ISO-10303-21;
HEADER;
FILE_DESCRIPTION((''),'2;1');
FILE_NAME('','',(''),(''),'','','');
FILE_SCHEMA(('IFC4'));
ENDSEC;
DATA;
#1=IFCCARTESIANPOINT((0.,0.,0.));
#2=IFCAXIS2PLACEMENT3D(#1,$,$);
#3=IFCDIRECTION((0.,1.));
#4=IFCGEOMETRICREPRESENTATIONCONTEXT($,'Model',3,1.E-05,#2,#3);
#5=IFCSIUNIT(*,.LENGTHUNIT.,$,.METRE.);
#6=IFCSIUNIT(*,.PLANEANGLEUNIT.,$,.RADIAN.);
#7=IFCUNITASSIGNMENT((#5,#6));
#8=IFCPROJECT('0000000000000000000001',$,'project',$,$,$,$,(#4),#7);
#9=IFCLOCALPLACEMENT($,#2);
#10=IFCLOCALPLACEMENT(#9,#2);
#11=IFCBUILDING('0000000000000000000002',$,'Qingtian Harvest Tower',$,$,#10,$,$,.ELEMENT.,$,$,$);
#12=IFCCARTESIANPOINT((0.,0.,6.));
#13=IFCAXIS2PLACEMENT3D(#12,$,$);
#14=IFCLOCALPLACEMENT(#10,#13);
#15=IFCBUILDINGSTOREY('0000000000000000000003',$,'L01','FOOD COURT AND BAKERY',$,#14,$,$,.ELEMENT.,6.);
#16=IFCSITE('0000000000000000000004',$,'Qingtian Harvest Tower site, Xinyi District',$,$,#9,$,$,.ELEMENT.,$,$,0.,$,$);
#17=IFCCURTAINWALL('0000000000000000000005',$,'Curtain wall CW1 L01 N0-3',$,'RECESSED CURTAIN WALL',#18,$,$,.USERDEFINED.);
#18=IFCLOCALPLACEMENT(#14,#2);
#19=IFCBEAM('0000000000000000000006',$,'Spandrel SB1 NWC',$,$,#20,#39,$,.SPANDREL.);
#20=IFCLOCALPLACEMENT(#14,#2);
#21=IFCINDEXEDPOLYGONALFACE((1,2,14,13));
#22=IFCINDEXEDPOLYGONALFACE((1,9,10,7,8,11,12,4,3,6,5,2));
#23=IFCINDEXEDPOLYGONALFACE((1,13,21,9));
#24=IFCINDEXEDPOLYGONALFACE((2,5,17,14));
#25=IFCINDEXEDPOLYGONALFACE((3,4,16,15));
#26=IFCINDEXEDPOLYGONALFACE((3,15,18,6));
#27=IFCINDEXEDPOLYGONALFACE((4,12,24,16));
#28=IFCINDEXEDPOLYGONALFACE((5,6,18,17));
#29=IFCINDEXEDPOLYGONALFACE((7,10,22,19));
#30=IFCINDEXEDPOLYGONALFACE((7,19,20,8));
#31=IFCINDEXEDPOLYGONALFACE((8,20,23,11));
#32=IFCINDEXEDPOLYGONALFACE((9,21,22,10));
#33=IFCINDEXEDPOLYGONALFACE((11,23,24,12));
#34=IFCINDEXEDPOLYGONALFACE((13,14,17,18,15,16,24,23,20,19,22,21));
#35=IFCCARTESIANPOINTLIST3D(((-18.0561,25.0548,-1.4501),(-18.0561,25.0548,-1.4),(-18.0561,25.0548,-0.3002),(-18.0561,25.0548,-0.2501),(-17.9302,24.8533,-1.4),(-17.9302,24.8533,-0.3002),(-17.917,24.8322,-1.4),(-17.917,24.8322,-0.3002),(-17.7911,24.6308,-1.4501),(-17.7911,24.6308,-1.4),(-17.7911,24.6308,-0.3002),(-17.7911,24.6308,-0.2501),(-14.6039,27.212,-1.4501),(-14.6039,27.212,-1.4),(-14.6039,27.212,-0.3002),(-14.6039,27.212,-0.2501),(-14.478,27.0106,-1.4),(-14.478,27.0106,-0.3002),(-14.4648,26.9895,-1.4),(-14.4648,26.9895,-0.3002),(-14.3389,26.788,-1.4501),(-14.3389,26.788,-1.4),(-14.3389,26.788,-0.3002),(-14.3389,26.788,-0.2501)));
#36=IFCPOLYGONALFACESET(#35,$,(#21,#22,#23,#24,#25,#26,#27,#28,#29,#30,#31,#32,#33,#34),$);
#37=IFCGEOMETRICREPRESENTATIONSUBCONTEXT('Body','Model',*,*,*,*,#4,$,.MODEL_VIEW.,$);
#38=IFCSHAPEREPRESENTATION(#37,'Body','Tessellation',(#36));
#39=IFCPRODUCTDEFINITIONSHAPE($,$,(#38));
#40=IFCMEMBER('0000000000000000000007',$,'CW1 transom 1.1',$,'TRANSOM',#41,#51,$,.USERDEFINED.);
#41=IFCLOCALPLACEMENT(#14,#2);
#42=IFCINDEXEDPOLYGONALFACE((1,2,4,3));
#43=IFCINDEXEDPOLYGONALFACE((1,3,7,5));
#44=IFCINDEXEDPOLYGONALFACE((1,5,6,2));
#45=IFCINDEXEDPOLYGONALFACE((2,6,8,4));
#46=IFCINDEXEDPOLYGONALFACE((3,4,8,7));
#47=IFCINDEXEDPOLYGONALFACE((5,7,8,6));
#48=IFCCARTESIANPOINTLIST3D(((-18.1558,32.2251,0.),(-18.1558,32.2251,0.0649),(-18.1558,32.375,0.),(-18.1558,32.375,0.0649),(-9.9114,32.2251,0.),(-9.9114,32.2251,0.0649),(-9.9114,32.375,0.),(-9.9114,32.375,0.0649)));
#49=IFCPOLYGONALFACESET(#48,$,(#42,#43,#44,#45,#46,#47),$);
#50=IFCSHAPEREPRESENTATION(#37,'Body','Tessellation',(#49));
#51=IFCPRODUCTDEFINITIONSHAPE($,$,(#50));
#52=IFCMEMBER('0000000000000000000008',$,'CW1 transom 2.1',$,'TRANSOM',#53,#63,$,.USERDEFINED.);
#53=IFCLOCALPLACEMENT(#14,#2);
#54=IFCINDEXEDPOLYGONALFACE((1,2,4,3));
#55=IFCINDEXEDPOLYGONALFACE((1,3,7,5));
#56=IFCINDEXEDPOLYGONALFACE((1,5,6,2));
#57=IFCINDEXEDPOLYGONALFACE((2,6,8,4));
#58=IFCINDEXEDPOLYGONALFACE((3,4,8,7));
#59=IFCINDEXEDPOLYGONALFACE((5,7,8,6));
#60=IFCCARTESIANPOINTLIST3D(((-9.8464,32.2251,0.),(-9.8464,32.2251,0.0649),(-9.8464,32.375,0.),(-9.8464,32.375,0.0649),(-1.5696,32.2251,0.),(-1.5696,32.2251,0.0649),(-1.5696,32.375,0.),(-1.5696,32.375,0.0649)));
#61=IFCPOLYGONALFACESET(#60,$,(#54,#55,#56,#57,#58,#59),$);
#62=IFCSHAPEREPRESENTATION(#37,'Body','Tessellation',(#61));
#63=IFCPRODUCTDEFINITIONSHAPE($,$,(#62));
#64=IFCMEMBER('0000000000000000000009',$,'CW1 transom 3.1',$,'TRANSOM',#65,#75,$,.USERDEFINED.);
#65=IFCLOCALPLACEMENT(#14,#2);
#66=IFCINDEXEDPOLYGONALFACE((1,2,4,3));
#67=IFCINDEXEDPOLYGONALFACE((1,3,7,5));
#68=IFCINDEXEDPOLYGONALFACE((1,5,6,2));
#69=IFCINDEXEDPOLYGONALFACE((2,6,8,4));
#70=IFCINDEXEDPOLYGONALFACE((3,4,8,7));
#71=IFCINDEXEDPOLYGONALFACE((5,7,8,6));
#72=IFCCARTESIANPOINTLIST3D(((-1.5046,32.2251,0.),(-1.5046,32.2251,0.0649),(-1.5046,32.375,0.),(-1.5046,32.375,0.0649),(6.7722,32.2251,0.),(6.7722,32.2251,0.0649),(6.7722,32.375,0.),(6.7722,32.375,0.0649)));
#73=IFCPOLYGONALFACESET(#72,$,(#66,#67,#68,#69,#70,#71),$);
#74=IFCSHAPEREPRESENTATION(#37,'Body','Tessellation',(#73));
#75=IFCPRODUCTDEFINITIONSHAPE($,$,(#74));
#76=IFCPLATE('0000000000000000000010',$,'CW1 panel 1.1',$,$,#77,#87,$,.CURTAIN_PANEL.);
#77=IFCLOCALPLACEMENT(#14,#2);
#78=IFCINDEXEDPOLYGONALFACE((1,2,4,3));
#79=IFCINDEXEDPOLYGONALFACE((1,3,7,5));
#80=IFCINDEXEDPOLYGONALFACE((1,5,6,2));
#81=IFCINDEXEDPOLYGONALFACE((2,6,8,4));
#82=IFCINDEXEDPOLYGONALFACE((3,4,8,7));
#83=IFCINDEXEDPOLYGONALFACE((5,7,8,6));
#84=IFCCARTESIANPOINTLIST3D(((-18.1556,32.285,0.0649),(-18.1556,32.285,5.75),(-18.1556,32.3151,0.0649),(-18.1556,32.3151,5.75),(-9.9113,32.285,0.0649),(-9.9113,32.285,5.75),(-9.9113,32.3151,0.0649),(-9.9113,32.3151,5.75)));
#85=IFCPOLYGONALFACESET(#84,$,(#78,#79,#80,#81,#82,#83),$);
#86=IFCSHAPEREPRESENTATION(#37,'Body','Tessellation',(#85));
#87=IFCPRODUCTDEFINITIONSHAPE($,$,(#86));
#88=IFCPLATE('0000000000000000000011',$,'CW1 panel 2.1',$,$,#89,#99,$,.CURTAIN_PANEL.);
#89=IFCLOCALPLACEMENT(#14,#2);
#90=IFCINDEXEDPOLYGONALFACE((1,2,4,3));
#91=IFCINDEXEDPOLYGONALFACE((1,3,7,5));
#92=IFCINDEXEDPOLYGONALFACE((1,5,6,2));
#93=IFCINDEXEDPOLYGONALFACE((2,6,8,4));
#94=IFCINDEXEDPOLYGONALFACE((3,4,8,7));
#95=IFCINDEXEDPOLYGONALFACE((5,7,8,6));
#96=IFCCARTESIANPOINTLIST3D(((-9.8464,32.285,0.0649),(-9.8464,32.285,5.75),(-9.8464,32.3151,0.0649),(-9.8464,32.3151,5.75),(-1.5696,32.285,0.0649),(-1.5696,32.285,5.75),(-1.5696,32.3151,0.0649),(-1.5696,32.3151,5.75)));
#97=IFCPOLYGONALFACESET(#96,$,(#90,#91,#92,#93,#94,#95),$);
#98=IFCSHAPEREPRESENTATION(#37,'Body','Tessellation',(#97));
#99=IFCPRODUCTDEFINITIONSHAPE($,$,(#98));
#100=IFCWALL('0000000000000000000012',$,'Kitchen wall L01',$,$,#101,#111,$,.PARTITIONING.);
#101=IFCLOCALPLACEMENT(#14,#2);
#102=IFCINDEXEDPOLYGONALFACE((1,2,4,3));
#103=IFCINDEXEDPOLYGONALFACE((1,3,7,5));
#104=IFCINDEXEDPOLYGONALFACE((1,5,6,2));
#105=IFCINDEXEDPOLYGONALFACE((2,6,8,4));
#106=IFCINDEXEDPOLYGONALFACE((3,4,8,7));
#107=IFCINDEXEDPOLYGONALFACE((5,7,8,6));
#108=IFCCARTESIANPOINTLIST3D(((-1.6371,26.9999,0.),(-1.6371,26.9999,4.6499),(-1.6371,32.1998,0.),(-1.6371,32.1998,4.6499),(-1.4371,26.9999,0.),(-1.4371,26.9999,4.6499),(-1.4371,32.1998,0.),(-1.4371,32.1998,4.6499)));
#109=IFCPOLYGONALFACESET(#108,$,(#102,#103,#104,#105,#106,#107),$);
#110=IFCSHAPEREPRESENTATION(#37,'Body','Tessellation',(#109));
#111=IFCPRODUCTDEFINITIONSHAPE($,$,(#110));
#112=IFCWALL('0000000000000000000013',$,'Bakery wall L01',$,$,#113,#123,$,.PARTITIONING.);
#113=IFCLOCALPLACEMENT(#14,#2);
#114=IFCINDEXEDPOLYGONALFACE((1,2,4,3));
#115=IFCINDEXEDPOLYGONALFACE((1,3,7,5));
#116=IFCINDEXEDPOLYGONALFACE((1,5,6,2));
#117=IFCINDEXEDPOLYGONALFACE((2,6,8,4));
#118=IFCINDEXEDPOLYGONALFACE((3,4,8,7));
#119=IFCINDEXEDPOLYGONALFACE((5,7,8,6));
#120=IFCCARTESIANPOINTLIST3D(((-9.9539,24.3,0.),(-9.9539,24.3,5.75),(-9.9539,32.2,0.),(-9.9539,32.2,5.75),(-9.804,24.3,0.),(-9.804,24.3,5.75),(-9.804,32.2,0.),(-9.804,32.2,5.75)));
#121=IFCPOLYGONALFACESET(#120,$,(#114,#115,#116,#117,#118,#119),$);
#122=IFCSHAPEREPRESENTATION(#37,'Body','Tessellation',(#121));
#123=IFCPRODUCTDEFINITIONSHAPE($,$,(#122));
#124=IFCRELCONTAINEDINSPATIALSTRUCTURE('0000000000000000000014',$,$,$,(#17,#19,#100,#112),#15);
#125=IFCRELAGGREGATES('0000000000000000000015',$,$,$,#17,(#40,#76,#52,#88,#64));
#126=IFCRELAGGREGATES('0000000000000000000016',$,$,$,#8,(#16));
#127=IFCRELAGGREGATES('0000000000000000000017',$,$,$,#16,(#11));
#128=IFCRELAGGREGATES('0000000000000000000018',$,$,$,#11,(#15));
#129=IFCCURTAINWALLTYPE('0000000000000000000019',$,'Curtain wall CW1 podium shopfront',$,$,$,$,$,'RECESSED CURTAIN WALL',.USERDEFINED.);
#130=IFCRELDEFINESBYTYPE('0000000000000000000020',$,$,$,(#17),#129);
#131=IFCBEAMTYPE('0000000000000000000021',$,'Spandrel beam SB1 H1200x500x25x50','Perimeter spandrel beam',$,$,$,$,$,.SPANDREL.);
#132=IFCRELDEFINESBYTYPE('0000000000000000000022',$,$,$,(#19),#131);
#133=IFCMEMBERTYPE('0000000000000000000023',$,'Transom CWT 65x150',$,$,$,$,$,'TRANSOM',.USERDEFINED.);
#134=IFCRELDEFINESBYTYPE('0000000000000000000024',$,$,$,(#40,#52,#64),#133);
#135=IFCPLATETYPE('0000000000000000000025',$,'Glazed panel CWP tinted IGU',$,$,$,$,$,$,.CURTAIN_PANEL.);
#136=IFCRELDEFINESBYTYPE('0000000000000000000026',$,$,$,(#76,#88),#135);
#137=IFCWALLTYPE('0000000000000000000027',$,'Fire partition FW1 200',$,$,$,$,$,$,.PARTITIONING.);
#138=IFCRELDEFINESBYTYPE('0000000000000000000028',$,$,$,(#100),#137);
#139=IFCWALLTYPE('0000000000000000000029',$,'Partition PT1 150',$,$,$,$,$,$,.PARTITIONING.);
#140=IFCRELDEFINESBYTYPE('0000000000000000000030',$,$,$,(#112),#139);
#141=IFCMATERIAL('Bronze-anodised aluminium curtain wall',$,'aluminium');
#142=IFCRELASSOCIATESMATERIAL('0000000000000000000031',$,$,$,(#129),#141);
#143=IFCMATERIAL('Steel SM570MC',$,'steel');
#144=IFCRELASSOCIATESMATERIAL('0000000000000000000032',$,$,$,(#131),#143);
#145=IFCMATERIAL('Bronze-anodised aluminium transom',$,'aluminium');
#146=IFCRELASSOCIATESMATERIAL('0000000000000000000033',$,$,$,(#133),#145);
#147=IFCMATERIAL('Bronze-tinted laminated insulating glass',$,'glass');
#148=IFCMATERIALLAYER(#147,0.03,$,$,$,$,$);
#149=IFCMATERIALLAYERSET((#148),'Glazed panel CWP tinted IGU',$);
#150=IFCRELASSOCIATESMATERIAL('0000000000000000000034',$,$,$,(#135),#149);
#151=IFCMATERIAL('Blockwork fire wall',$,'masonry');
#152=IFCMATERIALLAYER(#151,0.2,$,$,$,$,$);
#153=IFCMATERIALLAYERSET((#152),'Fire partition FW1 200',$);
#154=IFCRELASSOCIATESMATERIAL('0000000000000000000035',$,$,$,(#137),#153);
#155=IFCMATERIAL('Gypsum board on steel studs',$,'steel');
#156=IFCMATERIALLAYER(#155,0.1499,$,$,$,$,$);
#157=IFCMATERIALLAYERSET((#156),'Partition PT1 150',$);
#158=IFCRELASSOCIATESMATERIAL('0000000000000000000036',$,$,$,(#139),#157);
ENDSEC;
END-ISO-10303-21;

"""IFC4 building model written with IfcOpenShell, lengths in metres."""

from ifc_helpers import new_model, si_unit, direction, frame, frame_2d, origin, origin_2d, place, context, subcontext, project, spatial, rectangle, i_section, extrude, material, layer, layer_set, material_profile, profile_set, type_object, element, aggregate, save


model = new_model("IFC4")

# Units and contexts
model_context = context("Model", 3, precision=1e-05, world=origin(), true_north=direction((0.0, 1.0)))
body_context = subcontext(model_context, "Body", "Model", "MODEL_VIEW")
ifc_project = project(units=[si_unit("LENGTHUNIT", "METRE"), si_unit("PLANEANGLEUNIT", "RADIAN")], contexts=[model_context])

# Site, building, storey
site_placement = place(None, origin())
site = spatial("IfcSite", under=ifc_project, at=site_placement, Name="Qingtian Harvest Tower site, Xinyi District", CompositionType="ELEMENT", RefElevation=0.0)
building_placement = place(site_placement, origin())
building = spatial("IfcBuilding", under=site, at=building_placement, Name="Qingtian Harvest Tower", CompositionType="ELEMENT")
storey_placement = place(building_placement, frame((0.0, 0.0, 6.0)))
storey = spatial("IfcBuildingStorey", under=building, at=storey_placement, Name="L01", Description="FOOD COURT AND BAKERY", CompositionType="ELEMENT", Elevation=6.0)

# Curtain wall
ifc_material_1 = material(Name="Bronze-anodised aluminium curtain wall", Category="aluminium")
curtain_wall_type = type_object("IfcCurtainWallType", Name="Curtain wall CW1 podium shopfront", ElementType="RECESSED CURTAIN WALL", PredefinedType="USERDEFINED", material=ifc_material_1)
curtain_wall_placement = place(storey_placement, origin())
curtain_wall = element("IfcCurtainWall", 1, at=curtain_wall_placement, inside=storey, type_object=curtain_wall_type, Name="Curtain wall CW1 L01 N0-3", ObjectType="RECESSED CURTAIN WALL", PredefinedType="USERDEFINED")

# Beam
ifc_material_2 = material(Name="Steel SM570MC", Category="steel")
ifc_material_profile_1 = material_profile(ifc_material_2, i_section(OverallWidth=0.5, OverallDepth=1.2, WebThickness=0.0249, FlangeThickness=0.05, at=origin_2d()), Name="H1200x500x25x50")
ifc_profile_set_1 = profile_set([ifc_material_profile_1], Name="Steel SM570MC")
beam_type_1 = type_object("IfcBeamType", Name="Spandrel beam SB1 H1200x500x25x50", Description="Perimeter spandrel beam", PredefinedType="SPANDREL", material=ifc_profile_set_1)
beam_1_placement = place(storey_placement, frame((-17.9236, 24.8428, -0.8501), z_axis=(0.848039, 0.529934, 0.0), x_axis=(-0.529934, 0.848039, 0.0)))
element("IfcBeam", 2, at=beam_1_placement, inside=storey, type_object=beam_type_1, Name="Spandrel SB1 NWC", PredefinedType="SPANDREL", context=body_context, shape_type="SweptSolid", body=[
    extrude(i_section(OverallWidth=0.5, OverallDepth=1.2, WebThickness=0.0249, FlangeThickness=0.05, at=origin_2d()), origin(), (0.0, 0.0, 1.0), 4.0708),
])

# Members
ifc_material_3 = material(Name="Bronze-anodised aluminium transom", Category="aluminium")
ifc_material_profile_2 = material_profile(ifc_material_3, rectangle(XDim=0.1499, YDim=0.0649, at=origin_2d()), Name="AL 65x150")
ifc_profile_set_2 = profile_set([ifc_material_profile_2], Name="Bronze-anodised aluminium transom")
member_type_1 = type_object("IfcMemberType", Name="Transom CWT 65x150", ElementType="TRANSOM", PredefinedType="USERDEFINED", material=ifc_profile_set_2)
member_1_placement = place(storey_placement, frame((-18.1558, 32.3, 0.0325), z_axis=(1.0, 0.0, 0.0), x_axis=(0.0, 1.0, 0.0)))
member_1 = element("IfcMember", 3, at=member_1_placement, type_object=member_type_1, Name="CW1 transom 1.1", ObjectType="TRANSOM", PredefinedType="USERDEFINED", context=body_context, shape_type="SweptSolid", body=[
    extrude(rectangle(XDim=0.1499, YDim=0.0649, at=origin_2d()), origin(), (0.0, 0.0, 1.0), 8.2444),
])
member_2_placement = place(storey_placement, frame((-9.8464, 32.3, 0.0325), z_axis=(1.0, 0.0, 0.0), x_axis=(0.0, 1.0, 0.0)))
member_2 = element("IfcMember", 4, at=member_2_placement, type_object=member_type_1, Name="CW1 transom 2.1", ObjectType="TRANSOM", PredefinedType="USERDEFINED", context=body_context, shape_type="SweptSolid", body=[
    extrude(rectangle(XDim=0.1499, YDim=0.0649, at=origin_2d()), origin(), (0.0, 0.0, 1.0), 8.2769),
])
member_3_placement = place(storey_placement, frame((-1.5046, 32.3, 0.0325), z_axis=(1.0, 0.0, 0.0), x_axis=(0.0, 1.0, 0.0)))
member_3 = element("IfcMember", 5, at=member_3_placement, type_object=member_type_1, Name="CW1 transom 3.1", ObjectType="TRANSOM", PredefinedType="USERDEFINED", context=body_context, shape_type="SweptSolid", body=[
    extrude(rectangle(XDim=0.1499, YDim=0.0649, at=origin_2d()), origin(), (0.0, 0.0, 1.0), 8.2769),
])

# Plates
ifc_material_4 = material(Name="Bronze-tinted laminated insulating glass", Category="glass")
ifc_layer_1 = layer(ifc_material_4, 0.03)
ifc_layer_set_1 = layer_set([ifc_layer_1], Name="Glazed panel CWP tinted IGU")
plate_type = type_object("IfcPlateType", Name="Glazed panel CWP tinted IGU", PredefinedType="CURTAIN_PANEL", material=ifc_layer_set_1)
plate_1_placement = place(storey_placement, frame((-14.0334, 32.3, 0.0649), z_axis=(0.0, 0.0, 1.0), x_axis=(1.0, 0.0, 0.0)))
plate_1 = element("IfcPlate", 6, at=plate_1_placement, type_object=plate_type, Name="CW1 panel 1.1", PredefinedType="CURTAIN_PANEL", context=body_context, shape_type="SweptSolid", body=[
    extrude(rectangle(XDim=8.2444, YDim=0.03, at=origin_2d()), origin(), (0.0, 0.0, 1.0), 5.6851),
])
plate_2_placement = place(storey_placement, frame((-5.708, 32.3, 0.0649), z_axis=(0.0, 0.0, 1.0), x_axis=(1.0, 0.0, 0.0)))
plate_2 = element("IfcPlate", 7, at=plate_2_placement, type_object=plate_type, Name="CW1 panel 2.1", PredefinedType="CURTAIN_PANEL", context=body_context, shape_type="SweptSolid", body=[
    extrude(rectangle(XDim=8.2769, YDim=0.03, at=origin_2d()), origin(), (0.0, 0.0, 1.0), 5.6851),
])
aggregate(curtain_wall, [member_1, plate_1, member_2, plate_2, member_3])

# Wall
ifc_material_5 = material(Name="Blockwork fire wall", Category="masonry")
ifc_layer_2 = layer(ifc_material_5, 0.2)
ifc_layer_set_2 = layer_set([ifc_layer_2], Name="Fire partition FW1 200")
wall_type_1 = type_object("IfcWallType", Name="Fire partition FW1 200", PredefinedType="PARTITIONING", material=ifc_layer_set_2)
wall_1_placement = place(storey_placement, frame((-1.5371, 32.2, 0.0), z_axis=(0.0, 0.0, 1.0), x_axis=(0.0, -1.0, 0.0)))
element("IfcWall", 8, at=wall_1_placement, inside=storey, type_object=wall_type_1, Name="Kitchen wall L01", PredefinedType="PARTITIONING", context=body_context, shape_type="SweptSolid", body=[
    extrude(rectangle(XDim=5.2, YDim=0.2, at=frame_2d((2.6001, 0.0))), origin(), (0.0, 0.0, 1.0), 4.6499),
])

# Wall
ifc_material_6 = material(Name="Gypsum board on steel studs", Category="steel")
ifc_layer_3 = layer(ifc_material_6, 0.1499)
ifc_layer_set_3 = layer_set([ifc_layer_3], Name="Partition PT1 150")
wall_type_2 = type_object("IfcWallType", Name="Partition PT1 150", PredefinedType="PARTITIONING", material=ifc_layer_set_3)
wall_2_placement = place(storey_placement, frame((-9.8789, 32.2, 0.0), z_axis=(0.0, 0.0, 1.0), x_axis=(0.0, -1.0, 0.0)))
element("IfcWall", 9, at=wall_2_placement, inside=storey, type_object=wall_type_2, Name="Bakery wall L01", PredefinedType="PARTITIONING", context=body_context, shape_type="SweptSolid", body=[
    extrude(rectangle(XDim=7.8999, YDim=0.1499, at=frame_2d((3.95, 0.0))), origin(), (0.0, 0.0, 1.0), 5.75),
])

save(model, "model.ifc")
